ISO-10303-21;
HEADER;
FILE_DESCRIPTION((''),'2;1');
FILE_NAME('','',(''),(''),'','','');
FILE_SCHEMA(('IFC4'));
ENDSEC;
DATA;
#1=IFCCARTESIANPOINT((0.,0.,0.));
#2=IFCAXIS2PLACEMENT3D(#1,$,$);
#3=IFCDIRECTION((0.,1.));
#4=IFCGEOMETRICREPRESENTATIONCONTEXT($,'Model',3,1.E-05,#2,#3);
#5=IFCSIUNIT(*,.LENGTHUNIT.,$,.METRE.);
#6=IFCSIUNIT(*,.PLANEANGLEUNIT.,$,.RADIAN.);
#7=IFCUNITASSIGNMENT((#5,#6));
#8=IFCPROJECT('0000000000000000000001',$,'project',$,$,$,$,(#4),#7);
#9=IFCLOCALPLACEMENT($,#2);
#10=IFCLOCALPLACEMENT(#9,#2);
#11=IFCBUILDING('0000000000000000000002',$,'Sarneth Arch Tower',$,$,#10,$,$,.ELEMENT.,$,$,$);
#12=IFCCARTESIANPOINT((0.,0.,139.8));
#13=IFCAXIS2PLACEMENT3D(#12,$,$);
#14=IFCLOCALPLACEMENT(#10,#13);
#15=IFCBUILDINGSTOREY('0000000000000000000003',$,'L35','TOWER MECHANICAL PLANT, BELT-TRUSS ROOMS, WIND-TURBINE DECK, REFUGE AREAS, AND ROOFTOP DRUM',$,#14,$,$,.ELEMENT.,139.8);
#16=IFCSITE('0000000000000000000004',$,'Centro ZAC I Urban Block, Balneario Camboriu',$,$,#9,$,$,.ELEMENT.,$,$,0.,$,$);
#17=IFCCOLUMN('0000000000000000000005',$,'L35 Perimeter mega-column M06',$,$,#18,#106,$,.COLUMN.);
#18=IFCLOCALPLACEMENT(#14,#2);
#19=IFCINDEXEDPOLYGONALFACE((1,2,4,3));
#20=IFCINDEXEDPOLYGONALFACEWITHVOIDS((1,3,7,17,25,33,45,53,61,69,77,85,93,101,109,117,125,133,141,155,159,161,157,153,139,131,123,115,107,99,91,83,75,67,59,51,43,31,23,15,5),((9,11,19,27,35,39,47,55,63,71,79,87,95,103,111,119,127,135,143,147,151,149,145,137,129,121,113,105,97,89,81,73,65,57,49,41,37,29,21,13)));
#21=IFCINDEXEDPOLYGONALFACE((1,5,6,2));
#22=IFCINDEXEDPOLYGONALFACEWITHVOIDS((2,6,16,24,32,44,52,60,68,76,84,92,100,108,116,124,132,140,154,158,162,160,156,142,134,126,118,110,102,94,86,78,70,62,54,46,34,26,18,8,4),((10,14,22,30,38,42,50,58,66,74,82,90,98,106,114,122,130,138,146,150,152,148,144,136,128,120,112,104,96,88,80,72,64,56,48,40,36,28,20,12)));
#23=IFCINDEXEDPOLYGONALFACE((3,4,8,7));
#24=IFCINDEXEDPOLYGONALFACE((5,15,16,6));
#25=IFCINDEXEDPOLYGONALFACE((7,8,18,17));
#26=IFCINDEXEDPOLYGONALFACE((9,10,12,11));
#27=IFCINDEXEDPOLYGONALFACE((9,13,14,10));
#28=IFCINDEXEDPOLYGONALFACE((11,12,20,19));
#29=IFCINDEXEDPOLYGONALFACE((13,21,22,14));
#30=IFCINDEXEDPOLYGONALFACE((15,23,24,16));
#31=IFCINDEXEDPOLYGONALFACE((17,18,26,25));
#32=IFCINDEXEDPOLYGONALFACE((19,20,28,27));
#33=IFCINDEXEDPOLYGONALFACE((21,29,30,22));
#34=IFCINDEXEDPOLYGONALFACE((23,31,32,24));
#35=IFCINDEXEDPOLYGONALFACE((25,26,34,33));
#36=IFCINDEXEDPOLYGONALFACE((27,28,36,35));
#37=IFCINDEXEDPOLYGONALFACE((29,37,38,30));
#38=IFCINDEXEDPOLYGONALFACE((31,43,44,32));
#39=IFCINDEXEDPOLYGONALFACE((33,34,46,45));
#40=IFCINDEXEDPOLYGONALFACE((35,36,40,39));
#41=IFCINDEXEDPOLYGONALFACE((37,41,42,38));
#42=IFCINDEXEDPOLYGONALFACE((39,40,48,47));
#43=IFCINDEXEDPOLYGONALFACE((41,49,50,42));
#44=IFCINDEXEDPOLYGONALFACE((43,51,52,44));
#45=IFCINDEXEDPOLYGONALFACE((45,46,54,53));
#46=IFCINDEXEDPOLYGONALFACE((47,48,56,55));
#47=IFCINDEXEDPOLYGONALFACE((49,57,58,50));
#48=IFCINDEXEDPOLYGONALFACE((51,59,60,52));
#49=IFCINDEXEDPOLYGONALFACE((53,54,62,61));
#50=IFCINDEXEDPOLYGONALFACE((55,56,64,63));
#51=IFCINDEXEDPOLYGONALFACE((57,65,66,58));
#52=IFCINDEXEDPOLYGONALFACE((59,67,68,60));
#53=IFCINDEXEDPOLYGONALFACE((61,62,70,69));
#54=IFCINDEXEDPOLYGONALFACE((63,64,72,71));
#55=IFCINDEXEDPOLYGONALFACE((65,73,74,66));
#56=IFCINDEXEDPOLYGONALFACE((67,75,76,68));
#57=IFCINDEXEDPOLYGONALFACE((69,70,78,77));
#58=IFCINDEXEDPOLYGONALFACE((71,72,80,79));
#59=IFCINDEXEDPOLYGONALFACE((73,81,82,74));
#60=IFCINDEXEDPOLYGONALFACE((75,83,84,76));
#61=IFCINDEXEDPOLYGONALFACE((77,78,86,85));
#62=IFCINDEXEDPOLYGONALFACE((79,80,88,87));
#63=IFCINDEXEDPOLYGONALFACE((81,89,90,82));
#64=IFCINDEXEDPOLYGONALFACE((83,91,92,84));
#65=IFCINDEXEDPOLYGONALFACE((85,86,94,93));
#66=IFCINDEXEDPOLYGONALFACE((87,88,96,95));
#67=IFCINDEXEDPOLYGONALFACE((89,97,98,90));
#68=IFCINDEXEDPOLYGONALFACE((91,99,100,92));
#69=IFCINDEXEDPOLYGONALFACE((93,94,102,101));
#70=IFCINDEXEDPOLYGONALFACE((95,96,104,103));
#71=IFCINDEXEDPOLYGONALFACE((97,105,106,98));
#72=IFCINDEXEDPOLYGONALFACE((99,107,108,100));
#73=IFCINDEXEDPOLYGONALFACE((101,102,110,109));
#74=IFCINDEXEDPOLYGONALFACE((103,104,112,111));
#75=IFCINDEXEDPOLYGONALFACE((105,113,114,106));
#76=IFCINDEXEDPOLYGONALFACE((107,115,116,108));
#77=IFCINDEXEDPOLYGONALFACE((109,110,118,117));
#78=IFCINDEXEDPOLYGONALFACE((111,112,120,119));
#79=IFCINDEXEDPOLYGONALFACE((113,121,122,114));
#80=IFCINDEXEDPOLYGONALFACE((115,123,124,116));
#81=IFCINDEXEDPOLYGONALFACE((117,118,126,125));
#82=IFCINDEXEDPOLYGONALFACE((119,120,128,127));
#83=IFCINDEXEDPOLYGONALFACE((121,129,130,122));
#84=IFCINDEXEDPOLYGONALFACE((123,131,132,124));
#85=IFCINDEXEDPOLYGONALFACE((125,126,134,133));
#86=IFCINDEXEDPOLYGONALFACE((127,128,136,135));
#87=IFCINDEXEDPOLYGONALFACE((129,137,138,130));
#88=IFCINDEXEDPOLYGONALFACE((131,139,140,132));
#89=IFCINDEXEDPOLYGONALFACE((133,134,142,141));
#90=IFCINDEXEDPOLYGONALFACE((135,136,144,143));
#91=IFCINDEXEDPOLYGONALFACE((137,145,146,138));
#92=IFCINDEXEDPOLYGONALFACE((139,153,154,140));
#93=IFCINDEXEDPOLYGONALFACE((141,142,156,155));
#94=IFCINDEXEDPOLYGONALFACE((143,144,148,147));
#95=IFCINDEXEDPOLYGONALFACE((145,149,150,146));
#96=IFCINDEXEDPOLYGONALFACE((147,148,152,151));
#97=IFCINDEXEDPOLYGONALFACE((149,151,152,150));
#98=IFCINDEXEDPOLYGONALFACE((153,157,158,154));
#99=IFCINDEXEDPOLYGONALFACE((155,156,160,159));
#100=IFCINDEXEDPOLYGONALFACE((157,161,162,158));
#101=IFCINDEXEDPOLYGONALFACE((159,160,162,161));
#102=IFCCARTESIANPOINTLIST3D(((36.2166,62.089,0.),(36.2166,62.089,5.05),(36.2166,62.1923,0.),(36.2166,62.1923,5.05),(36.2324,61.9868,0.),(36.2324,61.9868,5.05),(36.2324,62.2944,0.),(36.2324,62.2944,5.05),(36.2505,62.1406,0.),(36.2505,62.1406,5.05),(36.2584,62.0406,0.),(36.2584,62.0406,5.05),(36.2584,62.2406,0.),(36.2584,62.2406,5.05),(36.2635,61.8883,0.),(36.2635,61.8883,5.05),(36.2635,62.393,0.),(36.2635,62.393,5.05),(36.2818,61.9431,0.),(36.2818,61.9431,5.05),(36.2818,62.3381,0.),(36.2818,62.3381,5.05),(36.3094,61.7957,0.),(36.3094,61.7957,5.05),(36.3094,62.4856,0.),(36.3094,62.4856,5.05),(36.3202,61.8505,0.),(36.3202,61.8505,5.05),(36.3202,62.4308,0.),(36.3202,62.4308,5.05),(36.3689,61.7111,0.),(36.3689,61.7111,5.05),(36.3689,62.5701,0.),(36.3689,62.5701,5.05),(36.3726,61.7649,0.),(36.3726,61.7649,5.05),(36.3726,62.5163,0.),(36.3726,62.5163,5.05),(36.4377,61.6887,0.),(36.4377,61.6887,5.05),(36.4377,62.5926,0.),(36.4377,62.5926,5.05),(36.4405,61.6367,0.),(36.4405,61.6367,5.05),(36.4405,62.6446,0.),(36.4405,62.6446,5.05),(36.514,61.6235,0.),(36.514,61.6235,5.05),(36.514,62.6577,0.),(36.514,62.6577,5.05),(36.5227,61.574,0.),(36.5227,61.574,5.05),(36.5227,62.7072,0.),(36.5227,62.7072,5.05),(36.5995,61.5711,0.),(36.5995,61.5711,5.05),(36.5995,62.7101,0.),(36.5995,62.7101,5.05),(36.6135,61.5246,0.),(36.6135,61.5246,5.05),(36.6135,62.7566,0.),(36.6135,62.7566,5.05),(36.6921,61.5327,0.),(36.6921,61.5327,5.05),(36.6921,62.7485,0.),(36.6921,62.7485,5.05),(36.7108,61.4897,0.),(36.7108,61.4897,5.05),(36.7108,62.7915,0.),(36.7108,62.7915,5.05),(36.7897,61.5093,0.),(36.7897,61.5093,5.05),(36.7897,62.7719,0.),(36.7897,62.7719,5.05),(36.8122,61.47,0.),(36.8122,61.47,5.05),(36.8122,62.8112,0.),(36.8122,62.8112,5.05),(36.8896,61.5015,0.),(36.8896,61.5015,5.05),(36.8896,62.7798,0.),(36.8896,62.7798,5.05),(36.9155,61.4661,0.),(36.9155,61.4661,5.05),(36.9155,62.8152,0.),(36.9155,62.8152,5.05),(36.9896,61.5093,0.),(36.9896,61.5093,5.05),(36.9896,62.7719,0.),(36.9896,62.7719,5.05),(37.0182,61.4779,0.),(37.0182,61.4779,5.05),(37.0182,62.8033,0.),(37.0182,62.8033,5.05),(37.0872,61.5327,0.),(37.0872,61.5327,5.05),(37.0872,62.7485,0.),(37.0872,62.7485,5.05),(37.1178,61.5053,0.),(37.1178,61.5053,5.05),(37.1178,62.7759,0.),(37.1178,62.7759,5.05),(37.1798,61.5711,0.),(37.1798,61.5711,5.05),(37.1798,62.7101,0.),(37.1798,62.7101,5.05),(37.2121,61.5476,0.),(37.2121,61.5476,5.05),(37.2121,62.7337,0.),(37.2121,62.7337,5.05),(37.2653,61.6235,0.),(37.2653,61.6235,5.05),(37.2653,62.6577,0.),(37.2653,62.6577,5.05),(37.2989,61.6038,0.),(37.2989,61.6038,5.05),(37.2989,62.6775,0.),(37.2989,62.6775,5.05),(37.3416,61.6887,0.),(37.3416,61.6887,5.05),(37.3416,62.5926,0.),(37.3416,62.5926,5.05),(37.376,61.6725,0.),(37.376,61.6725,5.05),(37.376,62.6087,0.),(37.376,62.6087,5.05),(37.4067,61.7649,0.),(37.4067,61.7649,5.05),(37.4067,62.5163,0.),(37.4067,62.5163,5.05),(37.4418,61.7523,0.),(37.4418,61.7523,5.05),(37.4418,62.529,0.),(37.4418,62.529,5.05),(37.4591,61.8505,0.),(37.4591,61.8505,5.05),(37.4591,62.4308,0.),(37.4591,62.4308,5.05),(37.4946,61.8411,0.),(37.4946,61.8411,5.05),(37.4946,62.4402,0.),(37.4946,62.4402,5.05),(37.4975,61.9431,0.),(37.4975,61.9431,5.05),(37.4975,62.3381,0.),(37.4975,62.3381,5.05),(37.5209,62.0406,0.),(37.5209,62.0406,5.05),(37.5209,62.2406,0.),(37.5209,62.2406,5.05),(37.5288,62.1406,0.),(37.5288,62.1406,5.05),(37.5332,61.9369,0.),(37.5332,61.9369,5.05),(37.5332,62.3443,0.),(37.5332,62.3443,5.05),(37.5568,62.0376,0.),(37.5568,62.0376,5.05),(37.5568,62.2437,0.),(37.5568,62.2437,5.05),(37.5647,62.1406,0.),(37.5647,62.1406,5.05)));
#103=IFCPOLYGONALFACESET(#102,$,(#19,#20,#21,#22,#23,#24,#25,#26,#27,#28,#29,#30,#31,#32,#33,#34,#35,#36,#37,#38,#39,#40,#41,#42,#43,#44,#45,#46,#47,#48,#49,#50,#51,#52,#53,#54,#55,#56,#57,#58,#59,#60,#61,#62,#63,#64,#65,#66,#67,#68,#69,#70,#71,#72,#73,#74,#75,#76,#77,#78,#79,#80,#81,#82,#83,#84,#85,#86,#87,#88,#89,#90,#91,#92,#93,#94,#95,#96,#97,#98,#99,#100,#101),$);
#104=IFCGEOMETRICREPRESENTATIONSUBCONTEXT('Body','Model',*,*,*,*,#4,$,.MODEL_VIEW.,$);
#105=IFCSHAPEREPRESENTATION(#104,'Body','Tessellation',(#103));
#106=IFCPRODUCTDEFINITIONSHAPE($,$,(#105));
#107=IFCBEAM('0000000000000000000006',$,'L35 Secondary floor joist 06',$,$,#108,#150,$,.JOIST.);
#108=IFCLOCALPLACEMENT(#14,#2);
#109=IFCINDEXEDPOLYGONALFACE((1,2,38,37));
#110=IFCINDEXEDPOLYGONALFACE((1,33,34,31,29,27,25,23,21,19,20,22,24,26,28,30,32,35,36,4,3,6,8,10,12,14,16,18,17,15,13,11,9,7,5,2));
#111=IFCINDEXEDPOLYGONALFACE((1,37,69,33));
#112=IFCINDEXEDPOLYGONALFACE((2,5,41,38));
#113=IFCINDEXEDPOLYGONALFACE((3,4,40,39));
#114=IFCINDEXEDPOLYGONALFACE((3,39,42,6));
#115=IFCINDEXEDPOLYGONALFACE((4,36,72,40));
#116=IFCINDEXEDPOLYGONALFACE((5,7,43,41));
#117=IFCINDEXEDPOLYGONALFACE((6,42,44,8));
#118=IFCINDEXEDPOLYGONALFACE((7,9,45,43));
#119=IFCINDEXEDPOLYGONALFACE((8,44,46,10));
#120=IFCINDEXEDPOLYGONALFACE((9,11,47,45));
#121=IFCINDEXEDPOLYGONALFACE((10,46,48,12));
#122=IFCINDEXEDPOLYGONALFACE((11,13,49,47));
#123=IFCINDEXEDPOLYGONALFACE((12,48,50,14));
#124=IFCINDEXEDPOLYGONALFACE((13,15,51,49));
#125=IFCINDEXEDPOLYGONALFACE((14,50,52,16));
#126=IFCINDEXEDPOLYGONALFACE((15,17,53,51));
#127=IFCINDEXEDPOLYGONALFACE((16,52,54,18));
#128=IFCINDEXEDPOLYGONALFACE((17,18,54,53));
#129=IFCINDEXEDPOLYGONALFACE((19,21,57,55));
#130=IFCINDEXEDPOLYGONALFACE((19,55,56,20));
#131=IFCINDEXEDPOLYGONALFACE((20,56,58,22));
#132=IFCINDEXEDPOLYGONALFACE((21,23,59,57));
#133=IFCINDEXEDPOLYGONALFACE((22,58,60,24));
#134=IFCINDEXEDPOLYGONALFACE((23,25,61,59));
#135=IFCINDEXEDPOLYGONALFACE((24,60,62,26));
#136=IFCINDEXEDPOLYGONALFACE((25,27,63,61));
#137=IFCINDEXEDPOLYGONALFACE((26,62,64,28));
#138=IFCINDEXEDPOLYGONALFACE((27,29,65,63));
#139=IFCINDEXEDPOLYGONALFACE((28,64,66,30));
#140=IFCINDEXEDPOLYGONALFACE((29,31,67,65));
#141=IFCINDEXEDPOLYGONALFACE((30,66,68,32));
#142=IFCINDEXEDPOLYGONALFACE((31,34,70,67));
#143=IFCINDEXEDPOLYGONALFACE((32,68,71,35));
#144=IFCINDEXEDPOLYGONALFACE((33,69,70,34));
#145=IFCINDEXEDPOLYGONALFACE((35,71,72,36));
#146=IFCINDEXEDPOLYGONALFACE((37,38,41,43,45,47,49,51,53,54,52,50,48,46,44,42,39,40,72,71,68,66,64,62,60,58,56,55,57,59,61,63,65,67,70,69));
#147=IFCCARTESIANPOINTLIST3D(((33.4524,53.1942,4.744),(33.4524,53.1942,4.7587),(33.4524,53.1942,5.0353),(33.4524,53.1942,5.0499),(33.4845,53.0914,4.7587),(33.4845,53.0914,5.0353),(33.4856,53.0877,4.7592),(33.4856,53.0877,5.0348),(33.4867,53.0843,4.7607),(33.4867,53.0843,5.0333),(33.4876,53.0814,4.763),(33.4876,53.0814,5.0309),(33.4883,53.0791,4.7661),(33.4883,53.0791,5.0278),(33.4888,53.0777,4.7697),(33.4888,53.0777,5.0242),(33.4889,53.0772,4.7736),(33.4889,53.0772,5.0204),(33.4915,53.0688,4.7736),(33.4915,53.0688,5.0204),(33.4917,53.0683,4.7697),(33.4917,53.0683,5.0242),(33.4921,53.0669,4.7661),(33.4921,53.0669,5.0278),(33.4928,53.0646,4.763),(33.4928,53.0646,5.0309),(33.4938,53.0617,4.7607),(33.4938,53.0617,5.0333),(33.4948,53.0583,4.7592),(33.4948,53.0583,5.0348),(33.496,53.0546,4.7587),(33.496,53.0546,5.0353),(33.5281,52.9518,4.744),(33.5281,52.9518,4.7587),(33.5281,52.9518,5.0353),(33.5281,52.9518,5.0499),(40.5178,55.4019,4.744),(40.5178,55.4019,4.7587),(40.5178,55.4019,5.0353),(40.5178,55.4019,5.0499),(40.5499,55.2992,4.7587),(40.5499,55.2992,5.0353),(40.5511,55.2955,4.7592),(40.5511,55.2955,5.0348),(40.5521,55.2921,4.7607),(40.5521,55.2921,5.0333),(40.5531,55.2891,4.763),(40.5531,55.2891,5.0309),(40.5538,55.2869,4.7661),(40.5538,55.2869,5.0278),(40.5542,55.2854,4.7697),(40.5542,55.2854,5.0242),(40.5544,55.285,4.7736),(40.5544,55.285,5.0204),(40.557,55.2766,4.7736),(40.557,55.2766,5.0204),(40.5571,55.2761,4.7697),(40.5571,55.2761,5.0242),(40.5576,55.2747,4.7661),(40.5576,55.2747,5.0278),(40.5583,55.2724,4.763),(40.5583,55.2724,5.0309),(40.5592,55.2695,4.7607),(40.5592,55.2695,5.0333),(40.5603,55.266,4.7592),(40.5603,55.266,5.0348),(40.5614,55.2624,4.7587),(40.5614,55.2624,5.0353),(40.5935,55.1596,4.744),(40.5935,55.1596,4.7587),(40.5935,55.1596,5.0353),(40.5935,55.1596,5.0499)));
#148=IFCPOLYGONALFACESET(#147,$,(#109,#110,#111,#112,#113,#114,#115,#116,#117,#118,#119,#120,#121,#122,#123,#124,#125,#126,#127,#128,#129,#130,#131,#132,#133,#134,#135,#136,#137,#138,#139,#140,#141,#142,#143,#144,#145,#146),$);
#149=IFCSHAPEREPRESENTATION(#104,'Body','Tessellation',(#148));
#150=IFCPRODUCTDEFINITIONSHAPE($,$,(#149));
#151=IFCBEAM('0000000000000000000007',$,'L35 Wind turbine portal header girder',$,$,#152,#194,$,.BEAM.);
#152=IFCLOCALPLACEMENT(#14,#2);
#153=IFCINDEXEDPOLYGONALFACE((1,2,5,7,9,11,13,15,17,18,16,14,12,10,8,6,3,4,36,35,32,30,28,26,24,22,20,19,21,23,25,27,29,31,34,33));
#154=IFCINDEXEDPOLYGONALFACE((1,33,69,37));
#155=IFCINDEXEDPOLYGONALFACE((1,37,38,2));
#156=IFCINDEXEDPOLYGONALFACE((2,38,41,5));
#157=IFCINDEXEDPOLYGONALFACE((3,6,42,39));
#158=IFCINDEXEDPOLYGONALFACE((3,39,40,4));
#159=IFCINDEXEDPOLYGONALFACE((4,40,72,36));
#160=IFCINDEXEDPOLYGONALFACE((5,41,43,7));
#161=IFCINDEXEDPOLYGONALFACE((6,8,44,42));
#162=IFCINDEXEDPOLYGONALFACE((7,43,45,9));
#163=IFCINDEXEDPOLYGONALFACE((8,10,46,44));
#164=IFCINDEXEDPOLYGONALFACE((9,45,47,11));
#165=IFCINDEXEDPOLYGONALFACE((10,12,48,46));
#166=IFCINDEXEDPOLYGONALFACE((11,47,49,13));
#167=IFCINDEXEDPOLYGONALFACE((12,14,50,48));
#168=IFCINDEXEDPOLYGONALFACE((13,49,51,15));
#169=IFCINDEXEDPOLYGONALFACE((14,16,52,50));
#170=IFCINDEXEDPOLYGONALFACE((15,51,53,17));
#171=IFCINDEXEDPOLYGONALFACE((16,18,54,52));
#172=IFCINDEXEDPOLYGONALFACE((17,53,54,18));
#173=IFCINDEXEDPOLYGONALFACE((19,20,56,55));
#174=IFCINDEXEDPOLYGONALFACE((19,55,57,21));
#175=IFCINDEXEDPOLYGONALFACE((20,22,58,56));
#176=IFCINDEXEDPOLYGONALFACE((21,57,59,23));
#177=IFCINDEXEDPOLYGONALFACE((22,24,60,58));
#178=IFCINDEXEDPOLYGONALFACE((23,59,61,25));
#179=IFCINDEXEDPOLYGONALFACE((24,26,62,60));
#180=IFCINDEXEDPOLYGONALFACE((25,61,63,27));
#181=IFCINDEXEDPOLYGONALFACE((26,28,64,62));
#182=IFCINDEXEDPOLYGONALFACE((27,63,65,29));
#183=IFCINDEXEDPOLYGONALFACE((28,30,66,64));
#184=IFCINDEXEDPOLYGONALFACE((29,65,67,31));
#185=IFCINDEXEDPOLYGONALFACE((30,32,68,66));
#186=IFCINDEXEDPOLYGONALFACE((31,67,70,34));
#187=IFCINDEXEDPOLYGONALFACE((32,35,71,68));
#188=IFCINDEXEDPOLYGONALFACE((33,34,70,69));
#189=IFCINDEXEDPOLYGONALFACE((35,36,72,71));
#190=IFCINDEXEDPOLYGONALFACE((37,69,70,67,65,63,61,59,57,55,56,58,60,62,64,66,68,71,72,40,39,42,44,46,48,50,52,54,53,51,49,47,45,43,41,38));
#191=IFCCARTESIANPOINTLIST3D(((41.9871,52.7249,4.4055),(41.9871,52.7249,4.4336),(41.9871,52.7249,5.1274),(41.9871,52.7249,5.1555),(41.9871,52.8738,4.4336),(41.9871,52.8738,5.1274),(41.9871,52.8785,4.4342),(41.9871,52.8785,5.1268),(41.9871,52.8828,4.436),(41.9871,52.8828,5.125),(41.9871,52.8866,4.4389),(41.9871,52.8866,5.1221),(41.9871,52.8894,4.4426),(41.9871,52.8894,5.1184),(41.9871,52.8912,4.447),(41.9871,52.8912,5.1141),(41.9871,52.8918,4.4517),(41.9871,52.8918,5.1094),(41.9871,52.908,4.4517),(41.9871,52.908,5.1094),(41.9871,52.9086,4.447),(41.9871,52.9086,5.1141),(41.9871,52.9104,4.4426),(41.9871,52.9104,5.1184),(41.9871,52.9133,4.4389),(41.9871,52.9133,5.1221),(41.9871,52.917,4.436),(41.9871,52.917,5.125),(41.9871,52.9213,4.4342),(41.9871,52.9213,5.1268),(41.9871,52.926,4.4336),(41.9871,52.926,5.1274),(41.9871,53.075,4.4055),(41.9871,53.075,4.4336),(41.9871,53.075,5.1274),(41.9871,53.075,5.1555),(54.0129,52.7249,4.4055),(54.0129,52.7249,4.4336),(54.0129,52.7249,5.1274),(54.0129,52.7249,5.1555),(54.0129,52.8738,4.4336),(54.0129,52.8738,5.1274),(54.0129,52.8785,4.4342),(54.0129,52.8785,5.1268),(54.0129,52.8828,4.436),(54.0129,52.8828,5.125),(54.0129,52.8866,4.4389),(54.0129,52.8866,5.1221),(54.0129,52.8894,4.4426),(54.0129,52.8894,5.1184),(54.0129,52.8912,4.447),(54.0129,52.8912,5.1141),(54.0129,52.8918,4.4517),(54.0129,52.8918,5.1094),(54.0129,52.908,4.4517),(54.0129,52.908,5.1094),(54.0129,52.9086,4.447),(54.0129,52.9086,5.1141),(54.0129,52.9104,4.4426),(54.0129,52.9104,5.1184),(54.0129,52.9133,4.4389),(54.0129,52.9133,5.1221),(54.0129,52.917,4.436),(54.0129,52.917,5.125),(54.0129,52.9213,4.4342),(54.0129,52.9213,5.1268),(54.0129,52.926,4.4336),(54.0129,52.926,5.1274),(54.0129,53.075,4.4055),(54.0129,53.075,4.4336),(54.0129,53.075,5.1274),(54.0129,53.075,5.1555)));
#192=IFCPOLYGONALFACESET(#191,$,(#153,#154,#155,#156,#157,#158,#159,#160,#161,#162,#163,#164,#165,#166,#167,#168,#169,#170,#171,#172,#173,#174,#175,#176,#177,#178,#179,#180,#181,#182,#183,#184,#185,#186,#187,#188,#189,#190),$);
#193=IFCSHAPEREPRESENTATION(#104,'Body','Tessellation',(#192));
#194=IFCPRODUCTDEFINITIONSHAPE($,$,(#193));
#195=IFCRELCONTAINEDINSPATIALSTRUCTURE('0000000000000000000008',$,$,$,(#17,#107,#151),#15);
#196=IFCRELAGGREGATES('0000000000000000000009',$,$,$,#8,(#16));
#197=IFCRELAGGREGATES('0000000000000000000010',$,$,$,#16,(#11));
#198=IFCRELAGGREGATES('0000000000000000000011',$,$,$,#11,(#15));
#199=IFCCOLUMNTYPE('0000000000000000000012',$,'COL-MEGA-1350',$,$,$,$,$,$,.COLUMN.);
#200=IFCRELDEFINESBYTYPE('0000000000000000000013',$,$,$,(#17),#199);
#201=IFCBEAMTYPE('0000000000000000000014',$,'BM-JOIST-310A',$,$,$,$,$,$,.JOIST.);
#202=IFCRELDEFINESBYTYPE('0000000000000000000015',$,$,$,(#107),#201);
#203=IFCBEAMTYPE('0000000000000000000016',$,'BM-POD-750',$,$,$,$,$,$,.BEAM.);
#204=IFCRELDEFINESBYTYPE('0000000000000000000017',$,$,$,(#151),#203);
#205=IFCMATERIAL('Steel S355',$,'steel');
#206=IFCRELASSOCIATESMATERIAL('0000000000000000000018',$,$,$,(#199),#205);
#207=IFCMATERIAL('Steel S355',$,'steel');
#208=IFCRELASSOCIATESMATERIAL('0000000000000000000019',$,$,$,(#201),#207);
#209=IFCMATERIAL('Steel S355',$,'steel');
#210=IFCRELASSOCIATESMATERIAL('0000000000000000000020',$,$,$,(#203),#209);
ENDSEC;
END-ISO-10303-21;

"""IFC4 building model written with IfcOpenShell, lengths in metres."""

from ifc_helpers import new_model, si_unit, direction, frame, origin, origin_2d, place, context, subcontext, project, spatial, hollow_circle, i_section, extrude, material, material_profile, profile_set, type_object, element, save


model = new_model("IFC4")

# Units and contexts
model_context = context("Model", 3, precision=1e-05, world=origin(), true_north=direction((0.0, 1.0)))
body_context = subcontext(model_context, "Body", "Model", "MODEL_VIEW")
ifc_project = project(units=[si_unit("LENGTHUNIT", "METRE"), si_unit("PLANEANGLEUNIT", "RADIAN")], contexts=[model_context])

# Site, building, storey
site_placement = place(None, origin())
site = spatial("IfcSite", under=ifc_project, at=site_placement, Name="Centro ZAC I Urban Block, Balneario Camboriu", CompositionType="ELEMENT", RefElevation=0.0)
building_placement = place(site_placement, origin())
building = spatial("IfcBuilding", under=site, at=building_placement, Name="Sarneth Arch Tower", CompositionType="ELEMENT")
storey_placement = place(building_placement, frame((0.0, 0.0, 139.8)))
storey = spatial("IfcBuildingStorey", under=building, at=storey_placement, Name="L35", Description="TOWER MECHANICAL PLANT, BELT-TRUSS ROOMS, WIND-TURBINE DECK, REFUGE AREAS, AND ROOFTOP DRUM", CompositionType="ELEMENT", Elevation=139.8)

# Column
ifc_material_1 = material(Name="Steel S355", Category="steel")
ifc_material_profile_1 = material_profile(ifc_material_1, hollow_circle(Radius=0.675, WallThickness=0.0359, at=origin_2d()), Name="CHS1350x36")
ifc_profile_set_1 = profile_set([ifc_material_profile_1], Name="Steel S355")
column_type = type_object("IfcColumnType", Name="COL-MEGA-1350", PredefinedType="COLUMN", material=ifc_profile_set_1)
column_placement = place(storey_placement, frame((36.8896, 62.1406, 0.0), z_axis=(0.0, 0.0, 1.0), x_axis=(1.0, 0.0, 0.0)))
element("IfcColumn", 1, at=column_placement, inside=storey, type_object=column_type, Name="L35 Perimeter mega-column M06", PredefinedType="COLUMN", context=body_context, shape_type="SweptSolid", body=[
    extrude(hollow_circle(Radius=0.675, WallThickness=0.0359, at=origin_2d()), origin(), (0.0, 0.0, 1.0), 5.05),
])

# Beams
ifc_material_2 = material(Name="Steel S355", Category="steel")
ifc_material_profile_2 = material_profile(ifc_material_2, i_section(OverallWidth=0.2539, OverallDepth=0.3059, WebThickness=0.0088, FlangeThickness=0.0146, FilletRadius=0.0149, at=origin_2d()), Name="W310x79")
ifc_profile_set_2 = profile_set([ifc_material_profile_2], Name="Steel S355")
beam_type_1 = type_object("IfcBeamType", Name="BM-JOIST-310A", PredefinedType="JOIST", material=ifc_profile_set_2)
beam_1_placement = place(storey_placement, frame((40.5557, 55.2808, 4.897), z_axis=(-0.954487, -0.298252, 0.0), x_axis=(0.298252, -0.954487, 0.0)))
element("IfcBeam", 2, at=beam_1_placement, inside=storey, type_object=beam_type_1, Name="L35 Secondary floor joist 06", PredefinedType="JOIST", context=body_context, shape_type="SweptSolid", body=[
    extrude(i_section(OverallWidth=0.2539, OverallDepth=0.3059, WebThickness=0.0088, FlangeThickness=0.0146, FilletRadius=0.0149, at=origin_2d()), origin(), (0.0, 0.0, 1.0), 7.4023),
])
ifc_material_3 = material(Name="Steel S355", Category="steel")
ifc_material_profile_3 = material_profile(ifc_material_3, i_section(OverallWidth=0.3501, OverallDepth=0.75, WebThickness=0.0161, FlangeThickness=0.0281, FilletRadius=0.0181, at=origin_2d()), Name="CVS750x268")
ifc_profile_set_3 = profile_set([ifc_material_profile_3], Name="Steel S355")
beam_type_2 = type_object("IfcBeamType", Name="BM-POD-750", PredefinedType="BEAM", material=ifc_profile_set_3)
beam_2_placement = place(storey_placement, frame((41.9871, 52.8999, 4.7805), z_axis=(1.0, 0.0, 0.0), x_axis=(0.0, 1.0, 0.0)))
element("IfcBeam", 3, at=beam_2_placement, inside=storey, type_object=beam_type_2, Name="L35 Wind turbine portal header girder", PredefinedType="BEAM", context=body_context, shape_type="SweptSolid", body=[
    extrude(i_section(OverallWidth=0.3501, OverallDepth=0.75, WebThickness=0.0161, FlangeThickness=0.0281, FilletRadius=0.0181, at=origin_2d()), origin(), (0.0, 0.0, 1.0), 12.0259),
])

save(model, "model.ifc")
